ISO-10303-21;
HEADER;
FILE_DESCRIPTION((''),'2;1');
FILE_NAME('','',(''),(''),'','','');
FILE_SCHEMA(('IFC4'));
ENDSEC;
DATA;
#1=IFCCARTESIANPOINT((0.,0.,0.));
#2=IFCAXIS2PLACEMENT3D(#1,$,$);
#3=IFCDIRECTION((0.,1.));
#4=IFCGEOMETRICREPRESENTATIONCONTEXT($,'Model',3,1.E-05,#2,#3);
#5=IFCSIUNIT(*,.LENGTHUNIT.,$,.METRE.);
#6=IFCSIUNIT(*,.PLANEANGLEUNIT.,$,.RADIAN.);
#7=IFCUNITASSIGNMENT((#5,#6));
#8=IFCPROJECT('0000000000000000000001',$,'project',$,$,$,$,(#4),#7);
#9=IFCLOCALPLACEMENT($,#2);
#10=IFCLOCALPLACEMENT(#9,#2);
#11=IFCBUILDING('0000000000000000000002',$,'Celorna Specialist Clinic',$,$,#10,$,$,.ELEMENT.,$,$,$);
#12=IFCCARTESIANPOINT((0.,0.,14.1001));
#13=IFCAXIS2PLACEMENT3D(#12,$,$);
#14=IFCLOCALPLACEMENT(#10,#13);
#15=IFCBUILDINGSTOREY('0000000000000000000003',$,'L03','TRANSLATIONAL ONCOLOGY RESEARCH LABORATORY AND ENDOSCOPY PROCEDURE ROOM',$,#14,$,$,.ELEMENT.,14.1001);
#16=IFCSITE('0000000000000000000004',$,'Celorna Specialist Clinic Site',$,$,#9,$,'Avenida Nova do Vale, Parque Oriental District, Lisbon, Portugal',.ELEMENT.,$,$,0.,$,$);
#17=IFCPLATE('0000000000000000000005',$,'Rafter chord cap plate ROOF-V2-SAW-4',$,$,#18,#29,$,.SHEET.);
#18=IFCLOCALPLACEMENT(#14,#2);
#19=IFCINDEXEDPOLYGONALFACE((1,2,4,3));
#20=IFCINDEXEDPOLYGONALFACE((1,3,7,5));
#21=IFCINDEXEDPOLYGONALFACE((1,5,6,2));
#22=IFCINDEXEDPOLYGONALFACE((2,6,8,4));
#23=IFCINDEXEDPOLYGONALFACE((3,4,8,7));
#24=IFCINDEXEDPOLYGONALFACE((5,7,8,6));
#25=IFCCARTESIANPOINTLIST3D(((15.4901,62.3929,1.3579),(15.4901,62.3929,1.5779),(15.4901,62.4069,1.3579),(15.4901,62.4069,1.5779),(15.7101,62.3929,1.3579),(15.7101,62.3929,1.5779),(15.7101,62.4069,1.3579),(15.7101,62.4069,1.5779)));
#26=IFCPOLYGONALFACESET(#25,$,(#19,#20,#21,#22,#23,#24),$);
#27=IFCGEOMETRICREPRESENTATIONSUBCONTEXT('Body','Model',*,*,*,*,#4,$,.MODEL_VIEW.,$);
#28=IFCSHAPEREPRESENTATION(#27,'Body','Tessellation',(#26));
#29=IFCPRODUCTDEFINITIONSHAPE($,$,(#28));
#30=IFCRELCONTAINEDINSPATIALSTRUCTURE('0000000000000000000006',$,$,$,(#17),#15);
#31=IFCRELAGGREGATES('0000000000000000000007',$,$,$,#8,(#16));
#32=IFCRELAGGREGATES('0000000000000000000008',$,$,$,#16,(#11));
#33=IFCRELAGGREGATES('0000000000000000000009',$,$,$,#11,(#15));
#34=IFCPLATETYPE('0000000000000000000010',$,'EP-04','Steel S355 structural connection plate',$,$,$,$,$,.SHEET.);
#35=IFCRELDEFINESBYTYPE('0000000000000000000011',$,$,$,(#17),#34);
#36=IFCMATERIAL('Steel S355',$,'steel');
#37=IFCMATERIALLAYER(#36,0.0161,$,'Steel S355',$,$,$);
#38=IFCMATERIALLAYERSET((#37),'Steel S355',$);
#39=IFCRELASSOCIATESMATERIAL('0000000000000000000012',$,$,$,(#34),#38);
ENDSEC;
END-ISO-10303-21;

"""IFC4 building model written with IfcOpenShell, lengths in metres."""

from ifc_helpers import new_model, si_unit, direction, frame, origin, origin_2d, place, context, subcontext, project, spatial, rectangle, extrude, material, layer, layer_set, type_object, element, save


model = new_model("IFC4")

# Units and contexts
model_context = context("Model", 3, precision=1e-05, world=origin(), true_north=direction((0.0, 1.0)))
body_context = subcontext(model_context, "Body", "Model", "MODEL_VIEW")
ifc_project = project(units=[si_unit("LENGTHUNIT", "METRE"), si_unit("PLANEANGLEUNIT", "RADIAN")], contexts=[model_context])

# Site, building, storey
site_placement = place(None, origin())
site = spatial("IfcSite", under=ifc_project, at=site_placement, Name="Celorna Specialist Clinic Site", LongName="Avenida Nova do Vale, Parque Oriental District, Lisbon, Portugal", CompositionType="ELEMENT", RefElevation=0.0)
building_placement = place(site_placement, origin())
building = spatial("IfcBuilding", under=site, at=building_placement, Name="Celorna Specialist Clinic", CompositionType="ELEMENT")
storey_placement = place(building_placement, frame((0.0, 0.0, 14.1001)))
storey = spatial("IfcBuildingStorey", under=building, at=storey_placement, Name="L03", Description="TRANSLATIONAL ONCOLOGY RESEARCH LABORATORY AND ENDOSCOPY PROCEDURE ROOM", CompositionType="ELEMENT", Elevation=14.1001)

# Shared definitions
ifc_material = material(Name="Steel S355", Category="steel")

# Plate
ifc_layer = layer(ifc_material, 0.0161, Name="Steel S355")
ifc_layer_set = layer_set([ifc_layer], Name="Steel S355")
plate_type = type_object("IfcPlateType", Name="EP-04", Description="Steel S355 structural connection plate", PredefinedType="SHEET", material=ifc_layer_set)
for number, where, z_axis, x_axis, name in (
    (1, (15.6001, 62.3999, 1.3579), (0.0, 0.0, 1.0), (1.0, 0.0, 0.0), "Rafter chord cap plate ROOF-V2-SAW-4"),
):
    element("IfcPlate", number, at=place(storey_placement, frame(where, z_axis=z_axis, x_axis=x_axis)), inside=storey, type_object=plate_type, Name=name, PredefinedType="SHEET", context=body_context, shape_type="SweptSolid", body=[
        extrude(rectangle(XDim=0.22, YDim=0.0139, at=origin_2d()), origin(), (0.0, 0.0, 1.0), 0.22),
    ])

save(model, "model.ifc")
